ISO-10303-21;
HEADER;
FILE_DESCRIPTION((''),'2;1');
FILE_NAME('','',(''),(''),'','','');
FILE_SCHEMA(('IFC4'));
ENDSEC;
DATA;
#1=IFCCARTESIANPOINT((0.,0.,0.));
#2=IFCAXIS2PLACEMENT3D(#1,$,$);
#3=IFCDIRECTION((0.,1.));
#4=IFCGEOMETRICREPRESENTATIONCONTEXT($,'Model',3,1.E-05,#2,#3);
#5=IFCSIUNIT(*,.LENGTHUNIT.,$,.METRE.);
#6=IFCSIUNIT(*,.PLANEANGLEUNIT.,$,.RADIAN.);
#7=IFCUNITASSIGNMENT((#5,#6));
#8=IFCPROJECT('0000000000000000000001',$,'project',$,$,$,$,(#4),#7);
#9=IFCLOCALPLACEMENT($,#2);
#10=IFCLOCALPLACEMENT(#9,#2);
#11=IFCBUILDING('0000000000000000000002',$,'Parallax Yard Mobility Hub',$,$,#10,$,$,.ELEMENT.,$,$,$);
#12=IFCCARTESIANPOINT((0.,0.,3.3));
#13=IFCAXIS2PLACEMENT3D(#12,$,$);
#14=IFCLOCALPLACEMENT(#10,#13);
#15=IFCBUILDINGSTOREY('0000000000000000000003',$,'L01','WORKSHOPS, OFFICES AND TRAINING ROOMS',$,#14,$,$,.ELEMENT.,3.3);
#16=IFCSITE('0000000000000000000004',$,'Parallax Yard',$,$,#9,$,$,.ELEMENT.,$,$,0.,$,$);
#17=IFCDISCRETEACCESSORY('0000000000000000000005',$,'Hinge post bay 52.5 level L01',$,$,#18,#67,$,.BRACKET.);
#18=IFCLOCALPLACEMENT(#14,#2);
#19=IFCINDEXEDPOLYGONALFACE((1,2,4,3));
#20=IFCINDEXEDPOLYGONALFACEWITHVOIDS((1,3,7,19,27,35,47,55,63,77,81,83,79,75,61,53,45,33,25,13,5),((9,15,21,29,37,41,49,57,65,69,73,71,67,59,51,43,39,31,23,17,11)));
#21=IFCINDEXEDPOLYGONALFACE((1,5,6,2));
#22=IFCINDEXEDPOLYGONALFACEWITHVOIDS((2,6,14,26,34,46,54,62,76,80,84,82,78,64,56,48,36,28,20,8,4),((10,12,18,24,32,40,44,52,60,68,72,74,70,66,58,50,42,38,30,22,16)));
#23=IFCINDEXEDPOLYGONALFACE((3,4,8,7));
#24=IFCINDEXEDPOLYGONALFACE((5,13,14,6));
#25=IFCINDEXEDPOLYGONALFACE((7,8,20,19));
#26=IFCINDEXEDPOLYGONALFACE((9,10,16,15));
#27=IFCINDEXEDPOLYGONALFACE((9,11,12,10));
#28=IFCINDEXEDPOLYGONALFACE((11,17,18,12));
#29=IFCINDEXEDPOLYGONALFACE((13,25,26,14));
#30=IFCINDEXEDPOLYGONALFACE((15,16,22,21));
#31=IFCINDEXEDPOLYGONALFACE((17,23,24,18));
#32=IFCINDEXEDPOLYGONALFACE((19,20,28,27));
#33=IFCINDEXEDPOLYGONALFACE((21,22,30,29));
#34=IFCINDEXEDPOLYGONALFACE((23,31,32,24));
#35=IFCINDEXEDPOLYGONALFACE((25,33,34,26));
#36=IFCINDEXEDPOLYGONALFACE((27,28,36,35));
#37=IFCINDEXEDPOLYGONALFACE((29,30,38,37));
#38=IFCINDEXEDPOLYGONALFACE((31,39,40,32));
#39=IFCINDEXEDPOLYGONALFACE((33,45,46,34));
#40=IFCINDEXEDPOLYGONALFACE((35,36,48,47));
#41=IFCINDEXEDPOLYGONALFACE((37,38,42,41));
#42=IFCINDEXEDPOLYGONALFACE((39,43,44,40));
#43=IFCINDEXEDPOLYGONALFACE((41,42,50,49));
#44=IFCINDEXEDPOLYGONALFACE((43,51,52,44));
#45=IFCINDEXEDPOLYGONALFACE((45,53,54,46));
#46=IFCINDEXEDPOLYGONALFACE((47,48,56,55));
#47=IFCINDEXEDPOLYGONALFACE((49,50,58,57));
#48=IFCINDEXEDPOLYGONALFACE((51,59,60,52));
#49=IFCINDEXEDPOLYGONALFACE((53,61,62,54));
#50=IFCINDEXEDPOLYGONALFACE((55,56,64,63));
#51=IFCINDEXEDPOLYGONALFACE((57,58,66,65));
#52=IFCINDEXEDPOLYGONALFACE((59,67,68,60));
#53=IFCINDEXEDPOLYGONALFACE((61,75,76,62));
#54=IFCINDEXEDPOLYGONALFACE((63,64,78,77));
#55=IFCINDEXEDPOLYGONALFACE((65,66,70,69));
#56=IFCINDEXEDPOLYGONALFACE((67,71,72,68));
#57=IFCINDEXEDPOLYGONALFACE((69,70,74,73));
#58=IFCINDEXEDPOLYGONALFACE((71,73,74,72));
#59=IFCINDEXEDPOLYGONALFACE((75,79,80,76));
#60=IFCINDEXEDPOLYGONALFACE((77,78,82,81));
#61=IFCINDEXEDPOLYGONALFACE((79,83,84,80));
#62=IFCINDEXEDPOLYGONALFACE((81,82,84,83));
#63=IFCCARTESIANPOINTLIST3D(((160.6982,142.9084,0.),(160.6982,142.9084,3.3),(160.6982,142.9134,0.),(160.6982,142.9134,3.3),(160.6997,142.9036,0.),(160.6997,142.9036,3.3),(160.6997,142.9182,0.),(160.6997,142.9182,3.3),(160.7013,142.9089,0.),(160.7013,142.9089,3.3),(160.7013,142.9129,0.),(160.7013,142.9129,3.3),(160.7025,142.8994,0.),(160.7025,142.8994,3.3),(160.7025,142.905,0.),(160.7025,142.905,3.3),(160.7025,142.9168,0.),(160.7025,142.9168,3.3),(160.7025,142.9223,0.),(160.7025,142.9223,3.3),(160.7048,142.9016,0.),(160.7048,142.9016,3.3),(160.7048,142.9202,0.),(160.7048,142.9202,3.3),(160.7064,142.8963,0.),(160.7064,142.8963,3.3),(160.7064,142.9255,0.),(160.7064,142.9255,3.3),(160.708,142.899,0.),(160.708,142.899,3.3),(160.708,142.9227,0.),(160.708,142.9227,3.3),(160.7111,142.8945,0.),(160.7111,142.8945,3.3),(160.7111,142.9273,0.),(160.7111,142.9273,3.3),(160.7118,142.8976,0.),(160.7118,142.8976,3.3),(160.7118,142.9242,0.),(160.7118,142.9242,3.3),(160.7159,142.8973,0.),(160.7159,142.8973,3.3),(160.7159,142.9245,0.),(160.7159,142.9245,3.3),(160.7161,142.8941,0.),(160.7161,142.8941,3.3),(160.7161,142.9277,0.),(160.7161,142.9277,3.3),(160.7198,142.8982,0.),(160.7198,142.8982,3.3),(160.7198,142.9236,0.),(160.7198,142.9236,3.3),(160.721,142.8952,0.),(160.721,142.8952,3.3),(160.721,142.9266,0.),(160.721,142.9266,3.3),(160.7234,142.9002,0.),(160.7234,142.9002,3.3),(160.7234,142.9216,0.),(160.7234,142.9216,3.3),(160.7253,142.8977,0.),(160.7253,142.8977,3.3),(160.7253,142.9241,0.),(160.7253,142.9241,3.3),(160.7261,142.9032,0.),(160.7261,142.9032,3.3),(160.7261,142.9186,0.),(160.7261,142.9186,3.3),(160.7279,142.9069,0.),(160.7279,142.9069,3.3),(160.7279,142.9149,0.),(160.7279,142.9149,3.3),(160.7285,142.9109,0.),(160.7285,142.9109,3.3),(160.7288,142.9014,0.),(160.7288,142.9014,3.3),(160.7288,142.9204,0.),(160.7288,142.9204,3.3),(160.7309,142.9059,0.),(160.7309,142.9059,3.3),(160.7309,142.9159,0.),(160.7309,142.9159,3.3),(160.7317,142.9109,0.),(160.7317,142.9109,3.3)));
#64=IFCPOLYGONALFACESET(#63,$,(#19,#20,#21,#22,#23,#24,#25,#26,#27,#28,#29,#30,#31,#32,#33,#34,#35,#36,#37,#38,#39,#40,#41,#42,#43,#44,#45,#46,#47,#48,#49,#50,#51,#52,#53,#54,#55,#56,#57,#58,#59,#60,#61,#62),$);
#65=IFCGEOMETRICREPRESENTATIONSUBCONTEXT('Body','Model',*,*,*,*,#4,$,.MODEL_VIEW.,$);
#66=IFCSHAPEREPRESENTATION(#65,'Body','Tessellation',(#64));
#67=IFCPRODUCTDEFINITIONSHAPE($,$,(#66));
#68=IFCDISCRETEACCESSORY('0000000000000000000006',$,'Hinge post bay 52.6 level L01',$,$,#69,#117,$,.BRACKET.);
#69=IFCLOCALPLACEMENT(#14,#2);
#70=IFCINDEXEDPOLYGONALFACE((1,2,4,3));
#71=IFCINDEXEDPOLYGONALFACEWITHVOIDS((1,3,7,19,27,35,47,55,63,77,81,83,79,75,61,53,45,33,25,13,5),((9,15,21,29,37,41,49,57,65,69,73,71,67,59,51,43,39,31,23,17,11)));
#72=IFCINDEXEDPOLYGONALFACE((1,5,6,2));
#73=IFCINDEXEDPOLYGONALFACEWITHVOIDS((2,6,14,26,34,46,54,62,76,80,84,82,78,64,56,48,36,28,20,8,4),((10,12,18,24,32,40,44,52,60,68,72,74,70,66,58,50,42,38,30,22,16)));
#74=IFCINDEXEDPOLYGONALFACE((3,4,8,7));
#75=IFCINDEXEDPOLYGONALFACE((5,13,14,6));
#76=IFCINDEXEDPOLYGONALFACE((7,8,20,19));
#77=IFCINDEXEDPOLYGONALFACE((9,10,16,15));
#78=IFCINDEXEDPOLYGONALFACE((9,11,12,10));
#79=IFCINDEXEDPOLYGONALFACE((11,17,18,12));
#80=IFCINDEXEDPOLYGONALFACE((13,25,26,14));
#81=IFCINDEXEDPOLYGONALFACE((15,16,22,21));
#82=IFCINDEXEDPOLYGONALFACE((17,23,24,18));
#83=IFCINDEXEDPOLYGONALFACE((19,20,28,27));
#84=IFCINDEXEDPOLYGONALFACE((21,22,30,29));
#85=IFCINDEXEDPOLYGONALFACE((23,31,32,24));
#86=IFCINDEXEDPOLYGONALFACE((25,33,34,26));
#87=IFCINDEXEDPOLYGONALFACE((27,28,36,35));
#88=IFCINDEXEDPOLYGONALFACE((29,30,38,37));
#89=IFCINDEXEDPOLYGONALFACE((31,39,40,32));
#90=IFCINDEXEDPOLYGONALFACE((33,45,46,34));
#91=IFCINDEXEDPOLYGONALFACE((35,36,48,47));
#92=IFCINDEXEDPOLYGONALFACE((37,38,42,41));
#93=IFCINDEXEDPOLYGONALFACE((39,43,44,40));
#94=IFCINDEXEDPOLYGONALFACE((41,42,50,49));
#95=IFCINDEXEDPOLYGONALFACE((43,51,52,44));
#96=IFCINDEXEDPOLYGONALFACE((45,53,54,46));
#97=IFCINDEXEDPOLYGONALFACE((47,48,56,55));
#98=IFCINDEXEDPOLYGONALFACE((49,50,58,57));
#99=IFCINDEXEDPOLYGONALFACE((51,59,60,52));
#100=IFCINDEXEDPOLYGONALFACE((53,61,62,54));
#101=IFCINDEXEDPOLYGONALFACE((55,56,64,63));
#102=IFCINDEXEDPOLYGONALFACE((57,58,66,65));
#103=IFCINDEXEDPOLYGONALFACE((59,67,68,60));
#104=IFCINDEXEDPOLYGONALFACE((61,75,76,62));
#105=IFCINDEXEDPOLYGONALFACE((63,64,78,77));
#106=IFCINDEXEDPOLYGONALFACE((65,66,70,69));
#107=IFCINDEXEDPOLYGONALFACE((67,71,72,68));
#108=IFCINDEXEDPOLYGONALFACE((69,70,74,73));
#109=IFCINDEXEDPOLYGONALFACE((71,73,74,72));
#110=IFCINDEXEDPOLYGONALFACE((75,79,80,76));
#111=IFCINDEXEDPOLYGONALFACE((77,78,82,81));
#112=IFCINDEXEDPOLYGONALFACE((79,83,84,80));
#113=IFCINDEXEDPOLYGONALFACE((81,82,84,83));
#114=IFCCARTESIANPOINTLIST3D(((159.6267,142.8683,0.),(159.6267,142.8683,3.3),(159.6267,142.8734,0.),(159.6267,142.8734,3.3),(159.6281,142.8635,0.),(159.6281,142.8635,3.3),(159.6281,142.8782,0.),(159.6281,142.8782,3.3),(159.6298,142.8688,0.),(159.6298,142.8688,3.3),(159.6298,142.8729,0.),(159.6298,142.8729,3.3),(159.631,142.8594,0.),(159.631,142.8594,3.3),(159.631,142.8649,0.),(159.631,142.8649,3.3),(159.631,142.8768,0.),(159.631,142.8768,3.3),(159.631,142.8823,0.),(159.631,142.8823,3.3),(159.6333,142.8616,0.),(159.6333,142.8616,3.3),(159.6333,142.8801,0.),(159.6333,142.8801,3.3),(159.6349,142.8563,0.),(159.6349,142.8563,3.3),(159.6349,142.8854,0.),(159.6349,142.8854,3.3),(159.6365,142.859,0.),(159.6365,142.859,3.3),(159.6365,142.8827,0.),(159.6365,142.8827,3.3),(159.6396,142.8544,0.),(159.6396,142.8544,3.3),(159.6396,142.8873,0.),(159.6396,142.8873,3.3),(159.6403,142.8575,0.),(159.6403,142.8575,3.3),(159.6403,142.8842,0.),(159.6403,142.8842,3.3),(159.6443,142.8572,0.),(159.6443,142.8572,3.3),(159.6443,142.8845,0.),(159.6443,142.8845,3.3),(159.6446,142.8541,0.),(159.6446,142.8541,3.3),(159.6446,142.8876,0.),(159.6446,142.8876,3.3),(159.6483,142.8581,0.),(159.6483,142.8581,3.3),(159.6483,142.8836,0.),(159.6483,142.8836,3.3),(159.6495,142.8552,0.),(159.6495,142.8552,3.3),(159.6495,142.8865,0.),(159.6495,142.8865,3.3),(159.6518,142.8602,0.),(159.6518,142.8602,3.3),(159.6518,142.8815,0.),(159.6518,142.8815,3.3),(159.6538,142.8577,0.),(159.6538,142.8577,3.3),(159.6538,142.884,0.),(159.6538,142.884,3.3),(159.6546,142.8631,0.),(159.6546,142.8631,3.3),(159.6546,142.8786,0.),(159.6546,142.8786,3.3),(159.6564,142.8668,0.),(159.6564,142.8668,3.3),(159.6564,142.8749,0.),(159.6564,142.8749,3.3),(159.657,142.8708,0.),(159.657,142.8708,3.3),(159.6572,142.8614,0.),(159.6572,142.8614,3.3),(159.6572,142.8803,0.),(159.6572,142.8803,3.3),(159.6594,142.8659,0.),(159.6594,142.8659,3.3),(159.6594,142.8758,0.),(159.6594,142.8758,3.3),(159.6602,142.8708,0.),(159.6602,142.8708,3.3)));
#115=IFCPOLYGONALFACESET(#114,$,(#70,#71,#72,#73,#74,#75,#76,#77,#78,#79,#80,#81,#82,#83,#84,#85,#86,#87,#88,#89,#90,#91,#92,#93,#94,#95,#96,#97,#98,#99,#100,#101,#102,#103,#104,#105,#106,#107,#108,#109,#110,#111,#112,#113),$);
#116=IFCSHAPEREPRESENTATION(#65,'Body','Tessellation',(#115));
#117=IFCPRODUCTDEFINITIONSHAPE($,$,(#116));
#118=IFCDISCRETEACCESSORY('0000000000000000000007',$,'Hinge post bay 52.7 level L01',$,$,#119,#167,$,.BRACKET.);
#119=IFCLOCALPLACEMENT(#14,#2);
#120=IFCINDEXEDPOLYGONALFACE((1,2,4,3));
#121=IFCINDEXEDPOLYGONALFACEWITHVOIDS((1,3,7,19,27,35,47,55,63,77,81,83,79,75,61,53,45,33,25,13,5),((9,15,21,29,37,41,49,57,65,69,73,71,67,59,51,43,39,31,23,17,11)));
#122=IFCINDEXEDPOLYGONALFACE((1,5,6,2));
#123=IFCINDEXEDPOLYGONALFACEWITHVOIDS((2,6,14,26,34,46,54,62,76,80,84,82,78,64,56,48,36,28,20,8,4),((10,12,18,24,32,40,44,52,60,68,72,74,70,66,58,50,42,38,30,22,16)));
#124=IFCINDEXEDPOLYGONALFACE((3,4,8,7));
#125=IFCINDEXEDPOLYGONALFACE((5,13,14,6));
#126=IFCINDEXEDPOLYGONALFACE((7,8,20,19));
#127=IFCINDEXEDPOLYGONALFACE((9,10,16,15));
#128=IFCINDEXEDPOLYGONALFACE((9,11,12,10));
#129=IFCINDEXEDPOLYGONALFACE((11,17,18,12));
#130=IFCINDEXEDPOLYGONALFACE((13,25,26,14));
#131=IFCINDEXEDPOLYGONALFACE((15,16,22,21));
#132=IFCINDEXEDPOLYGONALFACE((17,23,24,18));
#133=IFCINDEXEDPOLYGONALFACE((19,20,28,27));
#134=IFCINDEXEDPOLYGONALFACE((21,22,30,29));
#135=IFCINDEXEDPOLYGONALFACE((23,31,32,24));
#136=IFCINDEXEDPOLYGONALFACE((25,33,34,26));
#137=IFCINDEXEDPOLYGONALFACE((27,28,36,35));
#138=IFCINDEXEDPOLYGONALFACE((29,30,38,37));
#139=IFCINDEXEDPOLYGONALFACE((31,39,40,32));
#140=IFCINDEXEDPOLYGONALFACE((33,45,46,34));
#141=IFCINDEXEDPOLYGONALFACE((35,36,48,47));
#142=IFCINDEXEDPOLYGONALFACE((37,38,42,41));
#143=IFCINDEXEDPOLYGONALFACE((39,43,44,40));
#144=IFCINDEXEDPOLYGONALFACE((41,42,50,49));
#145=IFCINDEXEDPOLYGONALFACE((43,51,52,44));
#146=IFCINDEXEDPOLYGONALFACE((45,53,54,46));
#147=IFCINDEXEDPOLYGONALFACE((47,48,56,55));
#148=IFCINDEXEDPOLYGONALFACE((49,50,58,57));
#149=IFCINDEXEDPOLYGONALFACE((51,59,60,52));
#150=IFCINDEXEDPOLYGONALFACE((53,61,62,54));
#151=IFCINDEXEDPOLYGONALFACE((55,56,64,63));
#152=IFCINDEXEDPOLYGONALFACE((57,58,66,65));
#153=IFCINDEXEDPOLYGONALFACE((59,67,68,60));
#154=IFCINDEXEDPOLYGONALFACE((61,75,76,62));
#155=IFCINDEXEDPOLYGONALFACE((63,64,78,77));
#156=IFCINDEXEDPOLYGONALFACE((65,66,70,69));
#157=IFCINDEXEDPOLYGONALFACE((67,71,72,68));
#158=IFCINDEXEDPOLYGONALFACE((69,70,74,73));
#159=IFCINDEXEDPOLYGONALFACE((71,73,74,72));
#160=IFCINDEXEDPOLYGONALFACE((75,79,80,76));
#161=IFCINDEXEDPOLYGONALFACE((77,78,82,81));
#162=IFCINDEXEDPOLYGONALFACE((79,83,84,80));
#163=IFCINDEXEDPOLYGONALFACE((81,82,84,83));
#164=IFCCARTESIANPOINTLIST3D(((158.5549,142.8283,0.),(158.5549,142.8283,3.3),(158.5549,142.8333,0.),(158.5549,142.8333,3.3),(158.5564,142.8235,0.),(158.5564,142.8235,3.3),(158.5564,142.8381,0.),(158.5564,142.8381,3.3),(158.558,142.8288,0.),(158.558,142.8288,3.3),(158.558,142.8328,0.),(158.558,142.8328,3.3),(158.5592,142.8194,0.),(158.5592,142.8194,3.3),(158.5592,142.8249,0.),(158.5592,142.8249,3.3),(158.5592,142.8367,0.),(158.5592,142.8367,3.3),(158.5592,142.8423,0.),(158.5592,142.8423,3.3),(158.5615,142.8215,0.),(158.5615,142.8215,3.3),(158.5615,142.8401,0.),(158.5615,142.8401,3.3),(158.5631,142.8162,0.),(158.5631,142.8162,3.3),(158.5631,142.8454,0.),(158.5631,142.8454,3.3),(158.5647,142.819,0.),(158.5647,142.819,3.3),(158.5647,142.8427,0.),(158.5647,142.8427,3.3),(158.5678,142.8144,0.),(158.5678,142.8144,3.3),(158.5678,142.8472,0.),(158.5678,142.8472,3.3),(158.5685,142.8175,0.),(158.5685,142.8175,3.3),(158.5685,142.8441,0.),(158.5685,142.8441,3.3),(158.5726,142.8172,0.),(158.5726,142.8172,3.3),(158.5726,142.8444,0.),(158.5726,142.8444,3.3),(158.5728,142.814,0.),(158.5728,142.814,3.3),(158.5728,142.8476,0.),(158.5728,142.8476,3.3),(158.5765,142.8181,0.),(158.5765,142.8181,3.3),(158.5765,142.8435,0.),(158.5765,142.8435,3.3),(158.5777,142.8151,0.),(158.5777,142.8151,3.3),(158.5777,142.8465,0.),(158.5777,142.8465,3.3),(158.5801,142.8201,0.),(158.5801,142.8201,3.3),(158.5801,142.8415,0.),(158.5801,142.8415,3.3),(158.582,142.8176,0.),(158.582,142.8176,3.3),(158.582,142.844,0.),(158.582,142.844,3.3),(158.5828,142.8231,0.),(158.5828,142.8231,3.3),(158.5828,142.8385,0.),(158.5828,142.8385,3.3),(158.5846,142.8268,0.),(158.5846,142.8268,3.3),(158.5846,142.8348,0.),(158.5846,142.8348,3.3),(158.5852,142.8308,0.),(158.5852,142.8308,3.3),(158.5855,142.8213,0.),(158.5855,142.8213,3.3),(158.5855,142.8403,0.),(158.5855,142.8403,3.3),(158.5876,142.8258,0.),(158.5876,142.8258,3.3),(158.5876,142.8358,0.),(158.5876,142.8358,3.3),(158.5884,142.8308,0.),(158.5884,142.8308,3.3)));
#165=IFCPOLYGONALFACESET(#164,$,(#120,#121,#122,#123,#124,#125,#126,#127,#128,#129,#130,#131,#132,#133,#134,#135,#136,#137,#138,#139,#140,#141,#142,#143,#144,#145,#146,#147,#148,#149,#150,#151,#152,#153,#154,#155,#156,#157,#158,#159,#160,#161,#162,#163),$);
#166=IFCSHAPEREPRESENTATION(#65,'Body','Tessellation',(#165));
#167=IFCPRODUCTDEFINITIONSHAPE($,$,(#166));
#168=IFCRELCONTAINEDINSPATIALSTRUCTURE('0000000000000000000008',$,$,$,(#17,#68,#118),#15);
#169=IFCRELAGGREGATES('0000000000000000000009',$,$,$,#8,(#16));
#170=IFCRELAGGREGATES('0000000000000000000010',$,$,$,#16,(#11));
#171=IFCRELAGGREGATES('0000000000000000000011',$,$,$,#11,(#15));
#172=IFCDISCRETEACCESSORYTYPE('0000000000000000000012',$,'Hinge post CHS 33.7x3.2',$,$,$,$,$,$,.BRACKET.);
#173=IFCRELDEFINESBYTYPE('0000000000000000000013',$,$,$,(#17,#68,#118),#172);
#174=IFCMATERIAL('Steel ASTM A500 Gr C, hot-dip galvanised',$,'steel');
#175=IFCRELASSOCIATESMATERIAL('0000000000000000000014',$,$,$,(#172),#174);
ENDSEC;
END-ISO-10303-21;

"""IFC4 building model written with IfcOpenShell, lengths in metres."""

from ifc_helpers import new_model, si_unit, direction, frame, origin, origin_2d, place, context, subcontext, project, spatial, hollow_circle, extrude, material, material_profile, profile_set, type_object, element, save


model = new_model("IFC4")

# Units and contexts
model_context = context("Model", 3, precision=1e-05, world=origin(), true_north=direction((0.0, 1.0)))
body_context = subcontext(model_context, "Body", "Model", "MODEL_VIEW")
ifc_project = project(units=[si_unit("LENGTHUNIT", "METRE"), si_unit("PLANEANGLEUNIT", "RADIAN")], contexts=[model_context])

# Site, building, storey
site_placement = place(None, origin())
site = spatial("IfcSite", under=ifc_project, at=site_placement, Name="Parallax Yard", CompositionType="ELEMENT", RefElevation=0.0)
building_placement = place(site_placement, origin())
building = spatial("IfcBuilding", under=site, at=building_placement, Name="Parallax Yard Mobility Hub", CompositionType="ELEMENT")
storey_placement = place(building_placement, frame((0.0, 0.0, 3.3)))
storey = spatial("IfcBuildingStorey", under=building, at=storey_placement, Name="L01", Description="WORKSHOPS, OFFICES AND TRAINING ROOMS", CompositionType="ELEMENT", Elevation=3.3)

# Discrete accessories
ifc_material_1 = material(Name="Steel ASTM A500 Gr C, hot-dip galvanised", Category="steel")
ifc_material_profile = material_profile(ifc_material_1, hollow_circle(Radius=0.0168, WallThickness=0.0032, at=origin_2d()), Name="CHS 33.7x3.2")
ifc_profile_set = profile_set([ifc_material_profile], Name="Steel ASTM A500 Gr C, hot-dip galvanised")
discrete_accessory_type = type_object("IfcDiscreteAccessoryType", Name="Hinge post CHS 33.7x3.2", PredefinedType="BRACKET", material=ifc_profile_set)
for number, where, z_axis, x_axis, name in (
    (1, (160.7148, 142.9109, 0.0), (0.0, 0.0, 1.0), (1.0, 0.0, 0.0), "Hinge post bay 52.5 level L01"),
    (2, (159.6433, 142.8708, 0.0), (0.0, 0.0, 1.0), (1.0, 0.0, 0.0), "Hinge post bay 52.6 level L01"),
    (3, (158.5715, 142.8308, 0.0), (0.0, 0.0, 1.0), (1.0, 0.0, 0.0), "Hinge post bay 52.7 level L01"),
):
    element("IfcDiscreteAccessory", number, at=place(storey_placement, frame(where, z_axis=z_axis, x_axis=x_axis)), inside=storey, type_object=discrete_accessory_type, Name=name, PredefinedType="BRACKET", context=body_context, shape_type="SweptSolid", body=[
        extrude(hollow_circle(Radius=0.0168, WallThickness=0.0032, at=origin_2d()), origin(), (0.0, 0.0, 1.0), 3.3),
    ])

save(model, "model.ifc")
